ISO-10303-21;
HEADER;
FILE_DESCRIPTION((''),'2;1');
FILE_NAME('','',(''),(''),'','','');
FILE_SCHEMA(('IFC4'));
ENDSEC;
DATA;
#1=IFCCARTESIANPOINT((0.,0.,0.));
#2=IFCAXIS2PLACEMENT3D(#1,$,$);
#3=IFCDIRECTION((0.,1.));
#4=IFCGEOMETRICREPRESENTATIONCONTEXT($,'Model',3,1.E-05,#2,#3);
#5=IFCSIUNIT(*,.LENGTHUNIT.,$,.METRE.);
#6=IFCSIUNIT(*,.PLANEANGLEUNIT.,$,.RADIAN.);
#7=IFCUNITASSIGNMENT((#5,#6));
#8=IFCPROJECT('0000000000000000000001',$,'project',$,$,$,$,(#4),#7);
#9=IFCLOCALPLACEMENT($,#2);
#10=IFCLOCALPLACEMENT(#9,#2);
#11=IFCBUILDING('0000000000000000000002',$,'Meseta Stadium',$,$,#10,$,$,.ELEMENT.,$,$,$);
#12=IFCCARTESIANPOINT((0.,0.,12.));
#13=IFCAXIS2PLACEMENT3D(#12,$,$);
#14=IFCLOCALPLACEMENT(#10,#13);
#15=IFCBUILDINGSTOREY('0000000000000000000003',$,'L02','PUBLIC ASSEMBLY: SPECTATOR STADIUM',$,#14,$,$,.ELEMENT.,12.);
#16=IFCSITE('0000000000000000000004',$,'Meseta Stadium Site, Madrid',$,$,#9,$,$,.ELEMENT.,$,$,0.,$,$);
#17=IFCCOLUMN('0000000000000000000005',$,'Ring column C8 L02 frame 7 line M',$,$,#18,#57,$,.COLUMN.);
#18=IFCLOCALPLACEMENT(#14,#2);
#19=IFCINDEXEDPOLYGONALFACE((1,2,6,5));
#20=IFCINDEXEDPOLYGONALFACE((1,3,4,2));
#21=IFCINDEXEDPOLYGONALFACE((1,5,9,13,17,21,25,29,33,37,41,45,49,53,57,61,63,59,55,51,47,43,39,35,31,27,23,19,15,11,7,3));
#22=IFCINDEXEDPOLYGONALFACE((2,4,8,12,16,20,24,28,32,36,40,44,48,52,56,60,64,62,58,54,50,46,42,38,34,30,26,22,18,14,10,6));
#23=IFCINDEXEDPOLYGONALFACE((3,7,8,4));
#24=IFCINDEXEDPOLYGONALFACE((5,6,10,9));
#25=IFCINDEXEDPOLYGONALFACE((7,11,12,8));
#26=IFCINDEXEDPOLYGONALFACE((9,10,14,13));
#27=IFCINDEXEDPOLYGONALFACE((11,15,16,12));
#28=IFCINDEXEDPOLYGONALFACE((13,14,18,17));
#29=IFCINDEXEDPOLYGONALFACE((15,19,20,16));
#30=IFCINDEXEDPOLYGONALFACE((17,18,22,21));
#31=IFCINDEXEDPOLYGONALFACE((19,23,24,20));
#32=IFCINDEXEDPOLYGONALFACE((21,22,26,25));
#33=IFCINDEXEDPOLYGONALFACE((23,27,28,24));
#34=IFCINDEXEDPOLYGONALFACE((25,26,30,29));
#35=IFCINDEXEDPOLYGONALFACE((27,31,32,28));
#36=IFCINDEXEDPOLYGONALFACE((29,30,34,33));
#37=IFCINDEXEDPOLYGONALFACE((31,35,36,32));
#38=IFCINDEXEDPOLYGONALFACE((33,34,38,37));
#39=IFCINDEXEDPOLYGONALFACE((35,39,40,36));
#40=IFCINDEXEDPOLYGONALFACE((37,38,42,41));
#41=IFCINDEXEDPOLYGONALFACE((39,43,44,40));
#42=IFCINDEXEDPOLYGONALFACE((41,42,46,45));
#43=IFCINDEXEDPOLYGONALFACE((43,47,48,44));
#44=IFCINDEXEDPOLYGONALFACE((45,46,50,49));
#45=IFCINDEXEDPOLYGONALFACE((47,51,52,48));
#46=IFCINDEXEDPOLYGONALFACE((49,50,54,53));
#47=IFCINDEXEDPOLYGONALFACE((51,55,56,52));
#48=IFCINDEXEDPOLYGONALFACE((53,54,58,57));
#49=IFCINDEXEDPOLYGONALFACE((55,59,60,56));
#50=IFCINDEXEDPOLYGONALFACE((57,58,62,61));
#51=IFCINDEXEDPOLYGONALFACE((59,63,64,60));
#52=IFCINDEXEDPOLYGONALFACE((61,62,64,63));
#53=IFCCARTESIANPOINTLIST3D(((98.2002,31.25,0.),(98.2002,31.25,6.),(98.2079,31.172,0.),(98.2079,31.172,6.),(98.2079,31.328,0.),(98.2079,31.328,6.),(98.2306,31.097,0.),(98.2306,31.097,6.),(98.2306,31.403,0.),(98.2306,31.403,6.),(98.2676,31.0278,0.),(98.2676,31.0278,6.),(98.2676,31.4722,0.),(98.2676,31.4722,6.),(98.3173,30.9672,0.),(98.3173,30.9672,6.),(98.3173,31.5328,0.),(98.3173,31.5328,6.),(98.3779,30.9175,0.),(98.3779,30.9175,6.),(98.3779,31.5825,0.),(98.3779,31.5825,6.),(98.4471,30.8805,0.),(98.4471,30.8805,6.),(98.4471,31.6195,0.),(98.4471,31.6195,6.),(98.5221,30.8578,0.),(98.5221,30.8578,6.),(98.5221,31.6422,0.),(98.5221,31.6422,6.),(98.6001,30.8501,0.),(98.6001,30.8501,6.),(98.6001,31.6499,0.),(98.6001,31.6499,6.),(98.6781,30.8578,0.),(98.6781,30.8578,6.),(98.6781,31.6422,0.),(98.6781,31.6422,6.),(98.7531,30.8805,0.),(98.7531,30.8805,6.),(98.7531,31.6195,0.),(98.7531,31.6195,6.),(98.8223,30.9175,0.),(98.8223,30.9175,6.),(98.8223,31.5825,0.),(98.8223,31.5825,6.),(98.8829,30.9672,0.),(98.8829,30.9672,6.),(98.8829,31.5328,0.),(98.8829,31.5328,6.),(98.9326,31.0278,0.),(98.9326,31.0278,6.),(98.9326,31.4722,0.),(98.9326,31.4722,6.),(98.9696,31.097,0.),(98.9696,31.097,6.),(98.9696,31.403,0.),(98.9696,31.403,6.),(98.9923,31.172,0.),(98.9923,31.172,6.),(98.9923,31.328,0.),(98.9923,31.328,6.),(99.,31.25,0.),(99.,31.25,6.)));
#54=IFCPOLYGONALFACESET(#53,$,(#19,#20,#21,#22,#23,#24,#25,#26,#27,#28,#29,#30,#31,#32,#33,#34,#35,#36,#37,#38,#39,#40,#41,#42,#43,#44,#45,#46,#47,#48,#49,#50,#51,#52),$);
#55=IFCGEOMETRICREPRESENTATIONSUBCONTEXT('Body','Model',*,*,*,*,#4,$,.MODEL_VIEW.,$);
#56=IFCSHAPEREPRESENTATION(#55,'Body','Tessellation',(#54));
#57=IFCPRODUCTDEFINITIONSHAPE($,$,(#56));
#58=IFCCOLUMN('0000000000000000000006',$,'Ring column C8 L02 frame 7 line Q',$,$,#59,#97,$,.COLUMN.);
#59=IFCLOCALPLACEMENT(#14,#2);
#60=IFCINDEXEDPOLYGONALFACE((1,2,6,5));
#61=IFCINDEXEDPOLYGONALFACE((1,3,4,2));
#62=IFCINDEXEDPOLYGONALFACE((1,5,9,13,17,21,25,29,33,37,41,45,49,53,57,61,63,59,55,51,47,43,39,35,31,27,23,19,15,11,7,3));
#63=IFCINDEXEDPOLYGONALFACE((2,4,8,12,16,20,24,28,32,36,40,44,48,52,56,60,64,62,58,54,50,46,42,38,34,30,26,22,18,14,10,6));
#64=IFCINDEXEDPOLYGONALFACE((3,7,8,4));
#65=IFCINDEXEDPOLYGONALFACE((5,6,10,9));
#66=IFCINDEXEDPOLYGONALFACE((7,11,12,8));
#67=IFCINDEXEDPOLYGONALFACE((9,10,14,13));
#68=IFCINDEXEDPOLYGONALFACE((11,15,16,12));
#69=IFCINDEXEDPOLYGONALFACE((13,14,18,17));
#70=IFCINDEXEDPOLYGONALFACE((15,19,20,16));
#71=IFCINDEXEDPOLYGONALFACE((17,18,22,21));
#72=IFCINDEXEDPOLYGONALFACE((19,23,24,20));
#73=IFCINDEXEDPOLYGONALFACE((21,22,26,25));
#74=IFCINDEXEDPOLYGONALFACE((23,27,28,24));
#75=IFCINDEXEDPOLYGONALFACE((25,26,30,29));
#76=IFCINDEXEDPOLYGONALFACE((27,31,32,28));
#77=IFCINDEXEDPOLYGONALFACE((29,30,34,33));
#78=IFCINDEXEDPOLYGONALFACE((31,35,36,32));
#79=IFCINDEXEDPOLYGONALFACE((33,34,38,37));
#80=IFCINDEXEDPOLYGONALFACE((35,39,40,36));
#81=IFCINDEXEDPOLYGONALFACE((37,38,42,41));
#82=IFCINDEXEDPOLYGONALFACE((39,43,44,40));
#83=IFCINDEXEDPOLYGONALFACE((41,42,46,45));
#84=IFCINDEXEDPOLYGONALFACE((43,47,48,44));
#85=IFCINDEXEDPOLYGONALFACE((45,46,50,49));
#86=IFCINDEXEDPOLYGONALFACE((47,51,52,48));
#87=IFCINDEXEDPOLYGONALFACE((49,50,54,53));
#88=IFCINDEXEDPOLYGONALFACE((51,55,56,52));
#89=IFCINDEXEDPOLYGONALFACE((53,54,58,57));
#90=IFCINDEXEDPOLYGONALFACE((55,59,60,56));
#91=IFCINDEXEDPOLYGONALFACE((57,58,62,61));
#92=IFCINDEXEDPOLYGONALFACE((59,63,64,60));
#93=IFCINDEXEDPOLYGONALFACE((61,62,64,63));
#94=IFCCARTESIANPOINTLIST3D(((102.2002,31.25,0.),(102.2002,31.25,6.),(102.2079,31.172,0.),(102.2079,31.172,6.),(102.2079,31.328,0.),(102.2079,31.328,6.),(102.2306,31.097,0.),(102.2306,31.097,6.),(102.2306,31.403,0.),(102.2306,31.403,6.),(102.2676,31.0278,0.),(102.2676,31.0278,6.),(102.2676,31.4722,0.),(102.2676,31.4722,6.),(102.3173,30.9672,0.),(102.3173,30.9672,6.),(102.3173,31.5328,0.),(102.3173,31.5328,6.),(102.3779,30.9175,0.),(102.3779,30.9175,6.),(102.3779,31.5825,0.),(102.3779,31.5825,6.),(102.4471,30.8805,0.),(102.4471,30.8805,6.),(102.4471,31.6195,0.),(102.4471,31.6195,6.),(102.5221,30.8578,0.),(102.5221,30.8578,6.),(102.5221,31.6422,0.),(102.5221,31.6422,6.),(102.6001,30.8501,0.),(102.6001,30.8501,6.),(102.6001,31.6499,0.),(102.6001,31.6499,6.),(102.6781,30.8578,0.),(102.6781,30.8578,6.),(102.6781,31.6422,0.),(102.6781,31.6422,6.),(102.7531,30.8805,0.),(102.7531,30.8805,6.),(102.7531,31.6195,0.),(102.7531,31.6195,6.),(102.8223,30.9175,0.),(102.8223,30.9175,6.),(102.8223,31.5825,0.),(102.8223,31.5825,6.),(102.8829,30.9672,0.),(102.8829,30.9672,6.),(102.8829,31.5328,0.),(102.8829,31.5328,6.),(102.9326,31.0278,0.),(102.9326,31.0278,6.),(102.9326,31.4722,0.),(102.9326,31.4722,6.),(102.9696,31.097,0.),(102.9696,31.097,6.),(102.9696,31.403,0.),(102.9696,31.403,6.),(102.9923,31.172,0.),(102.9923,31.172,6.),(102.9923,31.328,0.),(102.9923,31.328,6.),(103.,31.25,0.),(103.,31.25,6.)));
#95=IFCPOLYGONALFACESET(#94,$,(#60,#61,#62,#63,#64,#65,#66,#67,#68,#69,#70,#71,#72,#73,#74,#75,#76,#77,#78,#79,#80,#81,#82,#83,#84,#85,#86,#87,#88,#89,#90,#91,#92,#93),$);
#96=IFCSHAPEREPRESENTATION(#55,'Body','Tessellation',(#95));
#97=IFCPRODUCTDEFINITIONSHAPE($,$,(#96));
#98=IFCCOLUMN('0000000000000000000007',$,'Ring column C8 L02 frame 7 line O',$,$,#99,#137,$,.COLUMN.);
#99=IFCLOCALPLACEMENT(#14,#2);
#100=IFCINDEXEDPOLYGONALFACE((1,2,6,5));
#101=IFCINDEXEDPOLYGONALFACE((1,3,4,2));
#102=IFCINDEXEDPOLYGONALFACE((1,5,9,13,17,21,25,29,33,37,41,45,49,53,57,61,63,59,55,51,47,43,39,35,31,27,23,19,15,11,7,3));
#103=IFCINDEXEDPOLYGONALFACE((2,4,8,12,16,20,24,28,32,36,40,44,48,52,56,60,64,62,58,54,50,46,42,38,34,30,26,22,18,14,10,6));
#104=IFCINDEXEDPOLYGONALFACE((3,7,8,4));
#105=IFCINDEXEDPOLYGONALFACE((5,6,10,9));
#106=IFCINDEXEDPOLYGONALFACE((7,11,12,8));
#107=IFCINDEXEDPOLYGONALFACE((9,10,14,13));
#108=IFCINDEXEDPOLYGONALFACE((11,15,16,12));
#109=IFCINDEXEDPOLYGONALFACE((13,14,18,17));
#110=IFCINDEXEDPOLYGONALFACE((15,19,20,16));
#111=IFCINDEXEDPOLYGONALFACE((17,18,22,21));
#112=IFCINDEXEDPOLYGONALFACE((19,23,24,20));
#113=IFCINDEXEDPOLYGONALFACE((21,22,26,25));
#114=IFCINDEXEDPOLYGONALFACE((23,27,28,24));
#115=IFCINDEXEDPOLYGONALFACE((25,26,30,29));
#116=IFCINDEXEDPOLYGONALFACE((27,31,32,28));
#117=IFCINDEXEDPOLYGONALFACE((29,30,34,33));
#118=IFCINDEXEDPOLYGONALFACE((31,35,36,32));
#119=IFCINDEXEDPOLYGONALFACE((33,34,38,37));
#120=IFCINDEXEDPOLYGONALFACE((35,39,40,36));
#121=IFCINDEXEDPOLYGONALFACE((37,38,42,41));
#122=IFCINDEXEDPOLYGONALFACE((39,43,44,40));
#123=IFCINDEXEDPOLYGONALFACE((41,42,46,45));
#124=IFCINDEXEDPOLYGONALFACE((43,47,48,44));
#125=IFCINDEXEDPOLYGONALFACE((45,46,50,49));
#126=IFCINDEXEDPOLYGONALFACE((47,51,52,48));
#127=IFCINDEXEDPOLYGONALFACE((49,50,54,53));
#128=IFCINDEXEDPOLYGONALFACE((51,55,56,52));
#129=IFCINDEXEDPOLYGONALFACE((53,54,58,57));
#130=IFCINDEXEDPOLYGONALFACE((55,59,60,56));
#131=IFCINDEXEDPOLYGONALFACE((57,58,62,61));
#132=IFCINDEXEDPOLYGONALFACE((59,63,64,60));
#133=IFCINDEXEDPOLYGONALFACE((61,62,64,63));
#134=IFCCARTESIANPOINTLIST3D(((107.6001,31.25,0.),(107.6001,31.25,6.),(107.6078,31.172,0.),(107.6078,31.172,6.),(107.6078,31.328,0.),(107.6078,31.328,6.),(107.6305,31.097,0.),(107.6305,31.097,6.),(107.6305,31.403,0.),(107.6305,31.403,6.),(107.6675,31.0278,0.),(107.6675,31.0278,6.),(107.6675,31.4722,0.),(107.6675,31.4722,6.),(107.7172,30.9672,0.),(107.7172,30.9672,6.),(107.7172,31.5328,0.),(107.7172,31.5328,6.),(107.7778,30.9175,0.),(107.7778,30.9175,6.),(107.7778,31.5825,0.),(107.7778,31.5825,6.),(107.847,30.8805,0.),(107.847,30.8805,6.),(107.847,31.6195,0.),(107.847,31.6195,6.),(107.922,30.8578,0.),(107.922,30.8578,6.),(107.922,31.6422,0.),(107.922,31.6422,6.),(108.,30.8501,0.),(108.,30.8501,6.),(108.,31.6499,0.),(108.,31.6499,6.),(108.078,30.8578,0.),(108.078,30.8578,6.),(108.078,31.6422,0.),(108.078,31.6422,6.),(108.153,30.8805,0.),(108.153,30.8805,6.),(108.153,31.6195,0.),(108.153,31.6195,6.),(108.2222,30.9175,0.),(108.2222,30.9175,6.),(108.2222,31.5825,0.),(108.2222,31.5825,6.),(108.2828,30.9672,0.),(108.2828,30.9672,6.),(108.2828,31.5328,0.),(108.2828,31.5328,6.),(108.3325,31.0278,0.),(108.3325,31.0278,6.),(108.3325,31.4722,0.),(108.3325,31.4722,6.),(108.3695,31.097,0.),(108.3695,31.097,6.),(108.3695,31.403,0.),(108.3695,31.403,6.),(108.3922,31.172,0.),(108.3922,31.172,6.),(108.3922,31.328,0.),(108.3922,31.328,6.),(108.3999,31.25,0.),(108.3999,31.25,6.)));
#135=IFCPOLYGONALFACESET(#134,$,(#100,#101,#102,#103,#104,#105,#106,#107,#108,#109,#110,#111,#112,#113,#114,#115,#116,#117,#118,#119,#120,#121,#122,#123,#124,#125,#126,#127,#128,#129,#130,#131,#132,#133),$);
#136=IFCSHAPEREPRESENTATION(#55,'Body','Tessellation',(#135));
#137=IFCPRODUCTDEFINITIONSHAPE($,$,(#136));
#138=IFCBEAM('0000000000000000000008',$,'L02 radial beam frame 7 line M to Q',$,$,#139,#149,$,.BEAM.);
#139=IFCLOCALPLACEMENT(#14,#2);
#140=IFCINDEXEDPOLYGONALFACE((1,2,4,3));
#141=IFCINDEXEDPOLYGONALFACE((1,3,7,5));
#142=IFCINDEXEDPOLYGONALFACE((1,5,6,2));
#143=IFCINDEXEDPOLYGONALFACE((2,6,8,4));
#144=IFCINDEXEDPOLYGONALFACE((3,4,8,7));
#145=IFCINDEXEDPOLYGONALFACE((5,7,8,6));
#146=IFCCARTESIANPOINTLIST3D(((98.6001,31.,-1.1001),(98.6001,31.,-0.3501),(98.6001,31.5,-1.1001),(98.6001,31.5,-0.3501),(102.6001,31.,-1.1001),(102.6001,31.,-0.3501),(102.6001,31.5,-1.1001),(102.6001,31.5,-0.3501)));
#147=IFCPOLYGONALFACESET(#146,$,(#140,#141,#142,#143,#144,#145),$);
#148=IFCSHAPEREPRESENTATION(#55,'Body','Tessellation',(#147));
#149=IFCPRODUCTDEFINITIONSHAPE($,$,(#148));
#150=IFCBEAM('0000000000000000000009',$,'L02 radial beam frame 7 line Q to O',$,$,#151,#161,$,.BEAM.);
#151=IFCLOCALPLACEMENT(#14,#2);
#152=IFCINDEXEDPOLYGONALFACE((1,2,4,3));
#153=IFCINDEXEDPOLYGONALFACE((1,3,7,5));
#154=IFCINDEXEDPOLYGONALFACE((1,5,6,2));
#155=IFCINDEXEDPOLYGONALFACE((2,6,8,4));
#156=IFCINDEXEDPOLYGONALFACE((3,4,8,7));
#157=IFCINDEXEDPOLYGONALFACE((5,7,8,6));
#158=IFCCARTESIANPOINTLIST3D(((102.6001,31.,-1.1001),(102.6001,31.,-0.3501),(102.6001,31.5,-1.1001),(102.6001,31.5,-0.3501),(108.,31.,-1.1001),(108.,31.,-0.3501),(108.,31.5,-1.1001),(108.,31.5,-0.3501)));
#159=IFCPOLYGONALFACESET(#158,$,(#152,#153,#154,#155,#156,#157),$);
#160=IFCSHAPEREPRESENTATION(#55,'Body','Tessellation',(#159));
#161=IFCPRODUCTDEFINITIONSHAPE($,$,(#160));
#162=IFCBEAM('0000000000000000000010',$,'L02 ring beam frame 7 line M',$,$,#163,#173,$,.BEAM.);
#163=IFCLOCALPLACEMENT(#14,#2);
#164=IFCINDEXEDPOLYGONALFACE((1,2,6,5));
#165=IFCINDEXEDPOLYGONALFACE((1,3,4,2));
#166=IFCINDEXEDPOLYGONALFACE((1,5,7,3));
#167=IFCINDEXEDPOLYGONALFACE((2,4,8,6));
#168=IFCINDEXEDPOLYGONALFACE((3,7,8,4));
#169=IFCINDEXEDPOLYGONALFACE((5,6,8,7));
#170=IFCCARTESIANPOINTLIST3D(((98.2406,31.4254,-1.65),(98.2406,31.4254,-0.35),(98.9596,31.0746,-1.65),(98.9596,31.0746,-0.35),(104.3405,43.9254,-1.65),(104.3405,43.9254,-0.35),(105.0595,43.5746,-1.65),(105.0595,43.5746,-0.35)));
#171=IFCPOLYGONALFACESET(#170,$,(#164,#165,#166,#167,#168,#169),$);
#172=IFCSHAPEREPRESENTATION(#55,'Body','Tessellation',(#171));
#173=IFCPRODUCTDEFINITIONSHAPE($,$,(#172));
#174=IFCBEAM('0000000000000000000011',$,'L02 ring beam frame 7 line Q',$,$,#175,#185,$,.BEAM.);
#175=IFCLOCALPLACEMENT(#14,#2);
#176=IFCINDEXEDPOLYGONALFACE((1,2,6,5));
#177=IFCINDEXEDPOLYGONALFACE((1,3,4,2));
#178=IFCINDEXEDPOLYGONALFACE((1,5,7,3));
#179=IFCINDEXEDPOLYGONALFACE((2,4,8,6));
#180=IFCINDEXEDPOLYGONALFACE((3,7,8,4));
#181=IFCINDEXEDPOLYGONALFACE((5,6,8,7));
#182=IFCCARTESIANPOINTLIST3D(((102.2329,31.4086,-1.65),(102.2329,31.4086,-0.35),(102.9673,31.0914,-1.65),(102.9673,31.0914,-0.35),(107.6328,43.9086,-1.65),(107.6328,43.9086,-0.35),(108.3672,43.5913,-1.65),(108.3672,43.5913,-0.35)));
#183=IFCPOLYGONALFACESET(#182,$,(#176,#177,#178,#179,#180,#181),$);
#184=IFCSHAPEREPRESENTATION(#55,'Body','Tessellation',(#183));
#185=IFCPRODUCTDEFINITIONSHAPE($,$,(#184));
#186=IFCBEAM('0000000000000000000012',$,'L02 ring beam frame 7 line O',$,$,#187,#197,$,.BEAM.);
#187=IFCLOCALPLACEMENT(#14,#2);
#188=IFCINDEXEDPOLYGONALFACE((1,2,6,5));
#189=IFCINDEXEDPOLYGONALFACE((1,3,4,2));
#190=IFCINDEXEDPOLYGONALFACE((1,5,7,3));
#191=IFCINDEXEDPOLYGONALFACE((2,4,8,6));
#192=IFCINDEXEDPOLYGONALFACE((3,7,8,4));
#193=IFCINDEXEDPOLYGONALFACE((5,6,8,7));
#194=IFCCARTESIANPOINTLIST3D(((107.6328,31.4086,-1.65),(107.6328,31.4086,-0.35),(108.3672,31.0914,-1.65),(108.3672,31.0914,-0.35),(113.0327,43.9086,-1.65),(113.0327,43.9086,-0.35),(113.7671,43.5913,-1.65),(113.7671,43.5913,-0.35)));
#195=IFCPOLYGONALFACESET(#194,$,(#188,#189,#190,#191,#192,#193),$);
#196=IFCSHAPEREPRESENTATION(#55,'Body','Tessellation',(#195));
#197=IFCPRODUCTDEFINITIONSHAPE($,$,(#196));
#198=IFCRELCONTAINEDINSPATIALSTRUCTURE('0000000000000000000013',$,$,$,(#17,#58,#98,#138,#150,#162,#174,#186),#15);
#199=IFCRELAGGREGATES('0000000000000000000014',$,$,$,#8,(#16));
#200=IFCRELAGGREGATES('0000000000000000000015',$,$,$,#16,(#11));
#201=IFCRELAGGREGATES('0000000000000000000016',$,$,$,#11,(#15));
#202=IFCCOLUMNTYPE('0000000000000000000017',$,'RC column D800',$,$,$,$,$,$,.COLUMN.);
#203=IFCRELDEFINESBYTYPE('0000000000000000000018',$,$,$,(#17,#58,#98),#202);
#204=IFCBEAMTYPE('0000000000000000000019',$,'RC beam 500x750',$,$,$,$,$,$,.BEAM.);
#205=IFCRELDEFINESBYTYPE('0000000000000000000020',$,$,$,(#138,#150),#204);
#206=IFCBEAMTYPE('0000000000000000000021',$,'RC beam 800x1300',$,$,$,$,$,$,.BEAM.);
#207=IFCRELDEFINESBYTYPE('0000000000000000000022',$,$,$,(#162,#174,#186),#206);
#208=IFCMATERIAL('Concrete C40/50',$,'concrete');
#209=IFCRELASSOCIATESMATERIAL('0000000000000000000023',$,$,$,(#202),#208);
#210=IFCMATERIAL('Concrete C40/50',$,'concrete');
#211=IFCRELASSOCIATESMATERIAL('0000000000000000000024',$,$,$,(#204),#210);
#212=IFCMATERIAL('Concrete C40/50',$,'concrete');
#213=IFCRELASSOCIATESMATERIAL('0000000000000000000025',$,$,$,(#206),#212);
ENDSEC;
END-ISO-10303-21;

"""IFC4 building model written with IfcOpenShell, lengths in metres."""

from ifc_helpers import new_model, si_unit, direction, frame, origin, origin_2d, place, context, subcontext, project, spatial, rectangle, circle, extrude, material, material_profile, profile_set, type_object, element, save


model = new_model("IFC4")

# Units and contexts
model_context = context("Model", 3, precision=1e-05, world=origin(), true_north=direction((0.0, 1.0)))
body_context = subcontext(model_context, "Body", "Model", "MODEL_VIEW")
ifc_project = project(units=[si_unit("LENGTHUNIT", "METRE"), si_unit("PLANEANGLEUNIT", "RADIAN")], contexts=[model_context])

# Site, building, storey
site_placement = place(None, origin())
site = spatial("IfcSite", under=ifc_project, at=site_placement, Name="Meseta Stadium Site, Madrid", CompositionType="ELEMENT", RefElevation=0.0)
building_placement = place(site_placement, origin())
building = spatial("IfcBuilding", under=site, at=building_placement, Name="Meseta Stadium", CompositionType="ELEMENT")
storey_placement = place(building_placement, frame((0.0, 0.0, 12.0)))
storey = spatial("IfcBuildingStorey", under=building, at=storey_placement, Name="L02", Description="PUBLIC ASSEMBLY: SPECTATOR STADIUM", CompositionType="ELEMENT", Elevation=12.0)

# Columns
ifc_material_1 = material(Name="Concrete C40/50", Category="concrete")
ifc_material_profile_1 = material_profile(ifc_material_1, circle(Radius=0.3999, at=origin_2d()), Name="RC D800")
ifc_profile_set_1 = profile_set([ifc_material_profile_1], Name="Concrete C40/50")
column_type = type_object("IfcColumnType", Name="RC column D800", PredefinedType="COLUMN", material=ifc_profile_set_1)
for number, where, z_axis, x_axis, name in (
    (1, (98.6001, 31.25, 0.0), (0.0, 0.0, 1.0), (1.0, 0.0, 0.0), "Ring column C8 L02 frame 7 line M"),
    (2, (102.6001, 31.25, 0.0), (0.0, 0.0, 1.0), (1.0, 0.0, 0.0), "Ring column C8 L02 frame 7 line Q"),
    (3, (108.0, 31.25, 0.0), (0.0, 0.0, 1.0), (1.0, 0.0, 0.0), "Ring column C8 L02 frame 7 line O"),
):
    element("IfcColumn", number, at=place(storey_placement, frame(where, z_axis=z_axis, x_axis=x_axis)), inside=storey, type_object=column_type, Name=name, PredefinedType="COLUMN", context=body_context, shape_type="SweptSolid", body=[
        extrude(circle(Radius=0.3999, at=origin_2d()), origin(), (0.0, 0.0, 1.0), 6.0),
    ])

# Beams
ifc_material_2 = material(Name="Concrete C40/50", Category="concrete")
ifc_material_profile_2 = material_profile(ifc_material_2, rectangle(XDim=0.5, YDim=0.75, at=origin_2d()), Name="RC 500x750")
ifc_profile_set_2 = profile_set([ifc_material_profile_2], Name="Concrete C40/50")
beam_type_1 = type_object("IfcBeamType", Name="RC beam 500x750", PredefinedType="BEAM", material=ifc_profile_set_2)
beam_1_placement = place(storey_placement, frame((98.6001, 31.25, -0.7251), z_axis=(1.0, 0.0, 0.0), x_axis=(0.0, 1.0, 0.0)))
element("IfcBeam", 4, at=beam_1_placement, inside=storey, type_object=beam_type_1, Name="L02 radial beam frame 7 line M to Q", PredefinedType="BEAM", context=body_context, shape_type="SweptSolid", body=[
    extrude(rectangle(XDim=0.5, YDim=0.75, at=origin_2d()), origin(), (0.0, 0.0, 1.0), 4.0),
])
beam_2_placement = place(storey_placement, frame((102.6001, 31.25, -0.7251), z_axis=(1.0, 0.0, 0.0), x_axis=(0.0, 1.0, 0.0)))
element("IfcBeam", 5, at=beam_2_placement, inside=storey, type_object=beam_type_1, Name="L02 radial beam frame 7 line Q to O", PredefinedType="BEAM", context=body_context, shape_type="SweptSolid", body=[
    extrude(rectangle(XDim=0.5, YDim=0.75, at=origin_2d()), origin(), (0.0, 0.0, 1.0), 5.3999),
])
ifc_material_3 = material(Name="Concrete C40/50", Category="concrete")
ifc_material_profile_3 = material_profile(ifc_material_3, rectangle(XDim=0.8, YDim=1.3, at=origin_2d()), Name="RC 800x1300")
ifc_profile_set_3 = profile_set([ifc_material_profile_3], Name="Concrete C40/50")
beam_type_2 = type_object("IfcBeamType", Name="RC beam 800x1300", PredefinedType="BEAM", material=ifc_profile_set_3)
beam_3_placement = place(storey_placement, frame((98.6001, 31.25, -1.0), z_axis=(0.438557, 0.898703, 0.0), x_axis=(-0.898703, 0.438557, 0.0)))
element("IfcBeam", 6, at=beam_3_placement, inside=storey, type_object=beam_type_2, Name="L02 ring beam frame 7 line M", PredefinedType="BEAM", context=body_context, shape_type="SweptSolid", body=[
    extrude(rectangle(XDim=0.8, YDim=1.3, at=origin_2d()), origin(), (0.0, 0.0, 1.0), 13.9089),
])
for number, where, z_axis, x_axis, name in (
    (7, (102.6001, 31.25, -1.0), (0.396571, 0.918004, 0.0), (-0.918004, 0.396571, 0.0), "L02 ring beam frame 7 line Q"),
    (8, (108.0, 31.25, -1.0), (0.396571, 0.918004, 0.0), (-0.918004, 0.396571, 0.0), "L02 ring beam frame 7 line O"),
):
    element("IfcBeam", number, at=place(storey_placement, frame(where, z_axis=z_axis, x_axis=x_axis)), inside=storey, type_object=beam_type_2, Name=name, PredefinedType="BEAM", context=body_context, shape_type="SweptSolid", body=[
        extrude(rectangle(XDim=0.8, YDim=1.3, at=origin_2d()), origin(), (0.0, 0.0, 1.0), 13.6165),
    ])

save(model, "model.ifc")
